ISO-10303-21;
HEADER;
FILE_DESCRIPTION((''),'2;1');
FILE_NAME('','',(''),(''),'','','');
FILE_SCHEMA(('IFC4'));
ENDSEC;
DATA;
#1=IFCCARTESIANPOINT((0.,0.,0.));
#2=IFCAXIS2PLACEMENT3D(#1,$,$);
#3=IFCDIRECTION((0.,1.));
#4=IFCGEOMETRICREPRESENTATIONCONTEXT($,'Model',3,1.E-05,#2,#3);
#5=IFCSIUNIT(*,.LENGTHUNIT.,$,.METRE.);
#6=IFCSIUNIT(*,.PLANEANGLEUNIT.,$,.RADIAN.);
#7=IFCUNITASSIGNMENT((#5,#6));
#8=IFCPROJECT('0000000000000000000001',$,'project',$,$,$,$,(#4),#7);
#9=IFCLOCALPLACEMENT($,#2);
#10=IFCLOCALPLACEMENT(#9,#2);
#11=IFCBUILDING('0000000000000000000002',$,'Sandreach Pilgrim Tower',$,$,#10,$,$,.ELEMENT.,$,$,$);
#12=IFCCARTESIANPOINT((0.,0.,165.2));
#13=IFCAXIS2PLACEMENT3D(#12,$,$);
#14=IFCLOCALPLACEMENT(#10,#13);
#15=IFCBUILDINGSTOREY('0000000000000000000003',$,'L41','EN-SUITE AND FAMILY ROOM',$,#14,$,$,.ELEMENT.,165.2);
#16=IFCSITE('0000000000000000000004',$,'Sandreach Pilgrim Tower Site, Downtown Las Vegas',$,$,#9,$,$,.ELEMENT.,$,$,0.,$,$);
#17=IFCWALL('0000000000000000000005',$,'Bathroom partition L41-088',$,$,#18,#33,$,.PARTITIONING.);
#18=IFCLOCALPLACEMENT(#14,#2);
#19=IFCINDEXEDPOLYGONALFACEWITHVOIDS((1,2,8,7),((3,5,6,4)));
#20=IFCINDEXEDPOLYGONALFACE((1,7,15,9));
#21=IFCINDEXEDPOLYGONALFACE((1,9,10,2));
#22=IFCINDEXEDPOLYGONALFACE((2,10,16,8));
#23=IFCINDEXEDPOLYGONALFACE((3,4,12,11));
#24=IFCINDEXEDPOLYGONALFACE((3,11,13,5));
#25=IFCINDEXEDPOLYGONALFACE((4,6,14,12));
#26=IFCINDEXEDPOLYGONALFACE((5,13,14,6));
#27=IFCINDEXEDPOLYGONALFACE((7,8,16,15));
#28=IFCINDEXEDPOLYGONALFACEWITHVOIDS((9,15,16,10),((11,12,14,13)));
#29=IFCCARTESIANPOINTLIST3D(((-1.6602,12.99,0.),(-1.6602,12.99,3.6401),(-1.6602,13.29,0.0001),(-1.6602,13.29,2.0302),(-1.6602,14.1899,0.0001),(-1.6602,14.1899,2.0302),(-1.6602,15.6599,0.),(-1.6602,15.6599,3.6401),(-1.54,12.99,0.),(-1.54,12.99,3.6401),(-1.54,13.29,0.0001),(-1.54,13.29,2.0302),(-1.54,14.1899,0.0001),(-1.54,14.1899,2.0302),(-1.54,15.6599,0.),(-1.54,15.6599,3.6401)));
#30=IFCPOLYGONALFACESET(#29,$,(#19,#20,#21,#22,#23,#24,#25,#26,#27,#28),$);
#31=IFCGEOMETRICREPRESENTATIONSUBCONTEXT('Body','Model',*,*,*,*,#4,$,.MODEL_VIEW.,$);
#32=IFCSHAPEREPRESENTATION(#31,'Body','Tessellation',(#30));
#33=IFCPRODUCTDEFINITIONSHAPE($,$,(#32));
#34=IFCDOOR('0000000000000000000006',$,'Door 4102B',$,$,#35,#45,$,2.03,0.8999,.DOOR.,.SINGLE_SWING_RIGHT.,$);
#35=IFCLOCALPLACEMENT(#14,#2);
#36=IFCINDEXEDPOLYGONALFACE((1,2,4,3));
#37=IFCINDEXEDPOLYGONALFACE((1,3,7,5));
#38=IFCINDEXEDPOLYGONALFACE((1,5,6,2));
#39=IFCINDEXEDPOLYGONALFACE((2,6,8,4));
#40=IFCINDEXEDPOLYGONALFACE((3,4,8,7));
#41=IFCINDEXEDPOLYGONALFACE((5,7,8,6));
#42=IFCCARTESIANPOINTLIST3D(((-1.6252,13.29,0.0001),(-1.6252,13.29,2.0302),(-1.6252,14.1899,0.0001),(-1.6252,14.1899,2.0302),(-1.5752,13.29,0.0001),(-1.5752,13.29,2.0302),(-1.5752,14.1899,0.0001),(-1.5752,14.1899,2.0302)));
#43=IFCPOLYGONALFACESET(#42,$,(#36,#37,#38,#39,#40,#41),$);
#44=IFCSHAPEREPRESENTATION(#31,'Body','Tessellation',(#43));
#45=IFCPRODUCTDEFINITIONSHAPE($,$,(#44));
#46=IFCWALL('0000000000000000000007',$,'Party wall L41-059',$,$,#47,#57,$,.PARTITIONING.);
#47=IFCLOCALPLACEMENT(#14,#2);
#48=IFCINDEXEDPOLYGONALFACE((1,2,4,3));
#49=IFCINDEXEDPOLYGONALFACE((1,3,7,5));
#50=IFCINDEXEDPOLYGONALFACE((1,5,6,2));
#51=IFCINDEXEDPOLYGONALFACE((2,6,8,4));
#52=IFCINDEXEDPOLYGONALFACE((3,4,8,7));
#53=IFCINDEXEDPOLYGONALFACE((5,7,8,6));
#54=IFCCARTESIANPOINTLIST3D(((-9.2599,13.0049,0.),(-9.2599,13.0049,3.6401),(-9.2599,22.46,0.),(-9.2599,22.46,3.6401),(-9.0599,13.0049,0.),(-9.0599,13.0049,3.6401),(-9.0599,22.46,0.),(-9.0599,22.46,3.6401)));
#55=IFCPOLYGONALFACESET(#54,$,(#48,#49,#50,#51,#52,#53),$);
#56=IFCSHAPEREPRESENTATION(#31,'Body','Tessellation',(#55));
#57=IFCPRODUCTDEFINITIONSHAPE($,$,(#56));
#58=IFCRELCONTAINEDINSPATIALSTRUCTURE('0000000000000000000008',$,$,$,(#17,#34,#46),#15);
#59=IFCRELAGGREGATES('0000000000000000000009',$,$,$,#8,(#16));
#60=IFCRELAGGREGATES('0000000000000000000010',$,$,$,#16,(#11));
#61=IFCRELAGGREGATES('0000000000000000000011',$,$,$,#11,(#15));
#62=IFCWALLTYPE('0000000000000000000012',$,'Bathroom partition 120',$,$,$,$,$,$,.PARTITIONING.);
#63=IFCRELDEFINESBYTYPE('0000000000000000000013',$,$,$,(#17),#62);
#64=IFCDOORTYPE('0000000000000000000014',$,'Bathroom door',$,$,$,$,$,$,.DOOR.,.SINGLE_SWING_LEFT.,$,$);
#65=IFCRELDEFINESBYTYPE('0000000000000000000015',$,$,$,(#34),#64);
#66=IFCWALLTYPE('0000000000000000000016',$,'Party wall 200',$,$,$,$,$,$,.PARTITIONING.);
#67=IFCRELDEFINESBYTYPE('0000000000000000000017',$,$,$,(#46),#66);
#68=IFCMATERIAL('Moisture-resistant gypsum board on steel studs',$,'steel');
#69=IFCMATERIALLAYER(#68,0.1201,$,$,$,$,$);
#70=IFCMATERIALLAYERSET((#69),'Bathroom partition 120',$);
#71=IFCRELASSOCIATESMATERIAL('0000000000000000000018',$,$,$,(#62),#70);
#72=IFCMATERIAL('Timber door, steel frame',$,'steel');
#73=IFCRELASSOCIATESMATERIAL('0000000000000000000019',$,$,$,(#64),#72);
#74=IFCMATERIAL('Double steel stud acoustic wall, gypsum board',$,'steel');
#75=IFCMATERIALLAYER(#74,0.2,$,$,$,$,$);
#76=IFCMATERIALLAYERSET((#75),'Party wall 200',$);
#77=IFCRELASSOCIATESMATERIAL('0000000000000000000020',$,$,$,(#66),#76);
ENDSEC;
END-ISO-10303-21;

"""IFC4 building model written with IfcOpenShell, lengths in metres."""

from ifc_helpers import new_model, si_unit, direction, frame, frame_2d, origin, place, context, subcontext, project, spatial, rectangle, extrude, material, layer, layer_set, type_object, element, fill, save


model = new_model("IFC4")

# Units and contexts
model_context = context("Model", 3, precision=1e-05, world=origin(), true_north=direction((0.0, 1.0)))
body_context = subcontext(model_context, "Body", "Model", "MODEL_VIEW")
ifc_project = project(units=[si_unit("LENGTHUNIT", "METRE"), si_unit("PLANEANGLEUNIT", "RADIAN")], contexts=[model_context])

# Site, building, storey
site_placement = place(None, origin())
site = spatial("IfcSite", under=ifc_project, at=site_placement, Name="Sandreach Pilgrim Tower Site, Downtown Las Vegas", CompositionType="ELEMENT", RefElevation=0.0)
building_placement = place(site_placement, origin())
building = spatial("IfcBuilding", under=site, at=building_placement, Name="Sandreach Pilgrim Tower", CompositionType="ELEMENT")
storey_placement = place(building_placement, frame((0.0, 0.0, 165.2)))
storey = spatial("IfcBuildingStorey", under=building, at=storey_placement, Name="L41", Description="EN-SUITE AND FAMILY ROOM", CompositionType="ELEMENT", Elevation=165.2)

# Shared definitions
ifc_material_1 = material(Name="Moisture-resistant gypsum board on steel studs", Category="steel")
ifc_layer_1 = layer(ifc_material_1, 0.1201)
ifc_layer_set_1 = layer_set([ifc_layer_1], Name="Bathroom partition 120")
wall_type_1 = type_object("IfcWallType", Name="Bathroom partition 120", PredefinedType="PARTITIONING", material=ifc_layer_set_1)
ifc_material_2 = material(Name="Timber door, steel frame", Category="steel")
door_type = type_object("IfcDoorType", Name="Bathroom door", OperationType="SINGLE_SWING_LEFT", PredefinedType="DOOR", material=ifc_material_2)

# Wall, opening, door
wall_1_placement = place(storey_placement, frame((-1.6001, 15.6599, 0.0), z_axis=(0.0, 0.0, 1.0), x_axis=(0.0, -1.0, 0.0)))
wall_1 = element("IfcWall", 1, at=wall_1_placement, inside=storey, type_object=wall_type_1, Name="Bathroom partition L41-088", PredefinedType="PARTITIONING", context=body_context, shape_type="SweptSolid", body=[
    extrude(rectangle(XDim=2.6699, YDim=0.1201, at=frame_2d((1.335, 0.0))), origin(), (0.0, 0.0, 1.0), 3.6401),
])
opening_1_placement = place(wall_1_placement, frame((1.47, 0.0, 0.0)))
opening_1 = element("IfcOpeningElement", 2, at=opening_1_placement, cuts=wall_1, PredefinedType="OPENING", context=body_context, shape_type="SweptSolid", body=[
    extrude(rectangle(XDim=0.8999, YDim=2.03, at=frame_2d((0.45, 1.0151))), frame((0.0, 0.0601, 0.0), z_axis=(0.0, -1.0, 0.0), x_axis=(1.0, 0.0, 0.0)), (0.0, 0.0, 1.0), 0.1201),
])
door_1_placement = place(opening_1_placement, origin())
door_1 = element("IfcDoor", 3, at=door_1_placement, inside=storey, type_object=door_type, Name="Door 4102B", OperationType="SINGLE_SWING_RIGHT", OverallHeight=2.03, OverallWidth=0.8999, PredefinedType="DOOR", context=body_context, shape_type="SweptSolid", body=[
    extrude(rectangle(XDim=0.8999, YDim=2.03, at=frame_2d((0.45, 1.0151))), frame((0.0, 0.0249, 0.0), z_axis=(0.0, -1.0, 0.0), x_axis=(1.0, 0.0, 0.0)), (0.0, 0.0, 1.0), 0.05),
])
fill(opening_1, door_1)

# Wall
ifc_material_3 = material(Name="Double steel stud acoustic wall, gypsum board", Category="steel")
ifc_layer_2 = layer(ifc_material_3, 0.2)
ifc_layer_set_2 = layer_set([ifc_layer_2], Name="Party wall 200")
wall_type_2 = type_object("IfcWallType", Name="Party wall 200", PredefinedType="PARTITIONING", material=ifc_layer_set_2)
wall_2_placement = place(storey_placement, frame((-9.1599, 22.46, 0.0), z_axis=(0.0, 0.0, 1.0), x_axis=(0.0, -1.0, 0.0)))
element("IfcWall", 4, at=wall_2_placement, inside=storey, type_object=wall_type_2, Name="Party wall L41-059", PredefinedType="PARTITIONING", context=body_context, shape_type="SweptSolid", body=[
    extrude(rectangle(XDim=9.4551, YDim=0.2, at=frame_2d((4.7275, 0.0))), origin(), (0.0, 0.0, 1.0), 3.6401),
])

save(model, "model.ifc")
